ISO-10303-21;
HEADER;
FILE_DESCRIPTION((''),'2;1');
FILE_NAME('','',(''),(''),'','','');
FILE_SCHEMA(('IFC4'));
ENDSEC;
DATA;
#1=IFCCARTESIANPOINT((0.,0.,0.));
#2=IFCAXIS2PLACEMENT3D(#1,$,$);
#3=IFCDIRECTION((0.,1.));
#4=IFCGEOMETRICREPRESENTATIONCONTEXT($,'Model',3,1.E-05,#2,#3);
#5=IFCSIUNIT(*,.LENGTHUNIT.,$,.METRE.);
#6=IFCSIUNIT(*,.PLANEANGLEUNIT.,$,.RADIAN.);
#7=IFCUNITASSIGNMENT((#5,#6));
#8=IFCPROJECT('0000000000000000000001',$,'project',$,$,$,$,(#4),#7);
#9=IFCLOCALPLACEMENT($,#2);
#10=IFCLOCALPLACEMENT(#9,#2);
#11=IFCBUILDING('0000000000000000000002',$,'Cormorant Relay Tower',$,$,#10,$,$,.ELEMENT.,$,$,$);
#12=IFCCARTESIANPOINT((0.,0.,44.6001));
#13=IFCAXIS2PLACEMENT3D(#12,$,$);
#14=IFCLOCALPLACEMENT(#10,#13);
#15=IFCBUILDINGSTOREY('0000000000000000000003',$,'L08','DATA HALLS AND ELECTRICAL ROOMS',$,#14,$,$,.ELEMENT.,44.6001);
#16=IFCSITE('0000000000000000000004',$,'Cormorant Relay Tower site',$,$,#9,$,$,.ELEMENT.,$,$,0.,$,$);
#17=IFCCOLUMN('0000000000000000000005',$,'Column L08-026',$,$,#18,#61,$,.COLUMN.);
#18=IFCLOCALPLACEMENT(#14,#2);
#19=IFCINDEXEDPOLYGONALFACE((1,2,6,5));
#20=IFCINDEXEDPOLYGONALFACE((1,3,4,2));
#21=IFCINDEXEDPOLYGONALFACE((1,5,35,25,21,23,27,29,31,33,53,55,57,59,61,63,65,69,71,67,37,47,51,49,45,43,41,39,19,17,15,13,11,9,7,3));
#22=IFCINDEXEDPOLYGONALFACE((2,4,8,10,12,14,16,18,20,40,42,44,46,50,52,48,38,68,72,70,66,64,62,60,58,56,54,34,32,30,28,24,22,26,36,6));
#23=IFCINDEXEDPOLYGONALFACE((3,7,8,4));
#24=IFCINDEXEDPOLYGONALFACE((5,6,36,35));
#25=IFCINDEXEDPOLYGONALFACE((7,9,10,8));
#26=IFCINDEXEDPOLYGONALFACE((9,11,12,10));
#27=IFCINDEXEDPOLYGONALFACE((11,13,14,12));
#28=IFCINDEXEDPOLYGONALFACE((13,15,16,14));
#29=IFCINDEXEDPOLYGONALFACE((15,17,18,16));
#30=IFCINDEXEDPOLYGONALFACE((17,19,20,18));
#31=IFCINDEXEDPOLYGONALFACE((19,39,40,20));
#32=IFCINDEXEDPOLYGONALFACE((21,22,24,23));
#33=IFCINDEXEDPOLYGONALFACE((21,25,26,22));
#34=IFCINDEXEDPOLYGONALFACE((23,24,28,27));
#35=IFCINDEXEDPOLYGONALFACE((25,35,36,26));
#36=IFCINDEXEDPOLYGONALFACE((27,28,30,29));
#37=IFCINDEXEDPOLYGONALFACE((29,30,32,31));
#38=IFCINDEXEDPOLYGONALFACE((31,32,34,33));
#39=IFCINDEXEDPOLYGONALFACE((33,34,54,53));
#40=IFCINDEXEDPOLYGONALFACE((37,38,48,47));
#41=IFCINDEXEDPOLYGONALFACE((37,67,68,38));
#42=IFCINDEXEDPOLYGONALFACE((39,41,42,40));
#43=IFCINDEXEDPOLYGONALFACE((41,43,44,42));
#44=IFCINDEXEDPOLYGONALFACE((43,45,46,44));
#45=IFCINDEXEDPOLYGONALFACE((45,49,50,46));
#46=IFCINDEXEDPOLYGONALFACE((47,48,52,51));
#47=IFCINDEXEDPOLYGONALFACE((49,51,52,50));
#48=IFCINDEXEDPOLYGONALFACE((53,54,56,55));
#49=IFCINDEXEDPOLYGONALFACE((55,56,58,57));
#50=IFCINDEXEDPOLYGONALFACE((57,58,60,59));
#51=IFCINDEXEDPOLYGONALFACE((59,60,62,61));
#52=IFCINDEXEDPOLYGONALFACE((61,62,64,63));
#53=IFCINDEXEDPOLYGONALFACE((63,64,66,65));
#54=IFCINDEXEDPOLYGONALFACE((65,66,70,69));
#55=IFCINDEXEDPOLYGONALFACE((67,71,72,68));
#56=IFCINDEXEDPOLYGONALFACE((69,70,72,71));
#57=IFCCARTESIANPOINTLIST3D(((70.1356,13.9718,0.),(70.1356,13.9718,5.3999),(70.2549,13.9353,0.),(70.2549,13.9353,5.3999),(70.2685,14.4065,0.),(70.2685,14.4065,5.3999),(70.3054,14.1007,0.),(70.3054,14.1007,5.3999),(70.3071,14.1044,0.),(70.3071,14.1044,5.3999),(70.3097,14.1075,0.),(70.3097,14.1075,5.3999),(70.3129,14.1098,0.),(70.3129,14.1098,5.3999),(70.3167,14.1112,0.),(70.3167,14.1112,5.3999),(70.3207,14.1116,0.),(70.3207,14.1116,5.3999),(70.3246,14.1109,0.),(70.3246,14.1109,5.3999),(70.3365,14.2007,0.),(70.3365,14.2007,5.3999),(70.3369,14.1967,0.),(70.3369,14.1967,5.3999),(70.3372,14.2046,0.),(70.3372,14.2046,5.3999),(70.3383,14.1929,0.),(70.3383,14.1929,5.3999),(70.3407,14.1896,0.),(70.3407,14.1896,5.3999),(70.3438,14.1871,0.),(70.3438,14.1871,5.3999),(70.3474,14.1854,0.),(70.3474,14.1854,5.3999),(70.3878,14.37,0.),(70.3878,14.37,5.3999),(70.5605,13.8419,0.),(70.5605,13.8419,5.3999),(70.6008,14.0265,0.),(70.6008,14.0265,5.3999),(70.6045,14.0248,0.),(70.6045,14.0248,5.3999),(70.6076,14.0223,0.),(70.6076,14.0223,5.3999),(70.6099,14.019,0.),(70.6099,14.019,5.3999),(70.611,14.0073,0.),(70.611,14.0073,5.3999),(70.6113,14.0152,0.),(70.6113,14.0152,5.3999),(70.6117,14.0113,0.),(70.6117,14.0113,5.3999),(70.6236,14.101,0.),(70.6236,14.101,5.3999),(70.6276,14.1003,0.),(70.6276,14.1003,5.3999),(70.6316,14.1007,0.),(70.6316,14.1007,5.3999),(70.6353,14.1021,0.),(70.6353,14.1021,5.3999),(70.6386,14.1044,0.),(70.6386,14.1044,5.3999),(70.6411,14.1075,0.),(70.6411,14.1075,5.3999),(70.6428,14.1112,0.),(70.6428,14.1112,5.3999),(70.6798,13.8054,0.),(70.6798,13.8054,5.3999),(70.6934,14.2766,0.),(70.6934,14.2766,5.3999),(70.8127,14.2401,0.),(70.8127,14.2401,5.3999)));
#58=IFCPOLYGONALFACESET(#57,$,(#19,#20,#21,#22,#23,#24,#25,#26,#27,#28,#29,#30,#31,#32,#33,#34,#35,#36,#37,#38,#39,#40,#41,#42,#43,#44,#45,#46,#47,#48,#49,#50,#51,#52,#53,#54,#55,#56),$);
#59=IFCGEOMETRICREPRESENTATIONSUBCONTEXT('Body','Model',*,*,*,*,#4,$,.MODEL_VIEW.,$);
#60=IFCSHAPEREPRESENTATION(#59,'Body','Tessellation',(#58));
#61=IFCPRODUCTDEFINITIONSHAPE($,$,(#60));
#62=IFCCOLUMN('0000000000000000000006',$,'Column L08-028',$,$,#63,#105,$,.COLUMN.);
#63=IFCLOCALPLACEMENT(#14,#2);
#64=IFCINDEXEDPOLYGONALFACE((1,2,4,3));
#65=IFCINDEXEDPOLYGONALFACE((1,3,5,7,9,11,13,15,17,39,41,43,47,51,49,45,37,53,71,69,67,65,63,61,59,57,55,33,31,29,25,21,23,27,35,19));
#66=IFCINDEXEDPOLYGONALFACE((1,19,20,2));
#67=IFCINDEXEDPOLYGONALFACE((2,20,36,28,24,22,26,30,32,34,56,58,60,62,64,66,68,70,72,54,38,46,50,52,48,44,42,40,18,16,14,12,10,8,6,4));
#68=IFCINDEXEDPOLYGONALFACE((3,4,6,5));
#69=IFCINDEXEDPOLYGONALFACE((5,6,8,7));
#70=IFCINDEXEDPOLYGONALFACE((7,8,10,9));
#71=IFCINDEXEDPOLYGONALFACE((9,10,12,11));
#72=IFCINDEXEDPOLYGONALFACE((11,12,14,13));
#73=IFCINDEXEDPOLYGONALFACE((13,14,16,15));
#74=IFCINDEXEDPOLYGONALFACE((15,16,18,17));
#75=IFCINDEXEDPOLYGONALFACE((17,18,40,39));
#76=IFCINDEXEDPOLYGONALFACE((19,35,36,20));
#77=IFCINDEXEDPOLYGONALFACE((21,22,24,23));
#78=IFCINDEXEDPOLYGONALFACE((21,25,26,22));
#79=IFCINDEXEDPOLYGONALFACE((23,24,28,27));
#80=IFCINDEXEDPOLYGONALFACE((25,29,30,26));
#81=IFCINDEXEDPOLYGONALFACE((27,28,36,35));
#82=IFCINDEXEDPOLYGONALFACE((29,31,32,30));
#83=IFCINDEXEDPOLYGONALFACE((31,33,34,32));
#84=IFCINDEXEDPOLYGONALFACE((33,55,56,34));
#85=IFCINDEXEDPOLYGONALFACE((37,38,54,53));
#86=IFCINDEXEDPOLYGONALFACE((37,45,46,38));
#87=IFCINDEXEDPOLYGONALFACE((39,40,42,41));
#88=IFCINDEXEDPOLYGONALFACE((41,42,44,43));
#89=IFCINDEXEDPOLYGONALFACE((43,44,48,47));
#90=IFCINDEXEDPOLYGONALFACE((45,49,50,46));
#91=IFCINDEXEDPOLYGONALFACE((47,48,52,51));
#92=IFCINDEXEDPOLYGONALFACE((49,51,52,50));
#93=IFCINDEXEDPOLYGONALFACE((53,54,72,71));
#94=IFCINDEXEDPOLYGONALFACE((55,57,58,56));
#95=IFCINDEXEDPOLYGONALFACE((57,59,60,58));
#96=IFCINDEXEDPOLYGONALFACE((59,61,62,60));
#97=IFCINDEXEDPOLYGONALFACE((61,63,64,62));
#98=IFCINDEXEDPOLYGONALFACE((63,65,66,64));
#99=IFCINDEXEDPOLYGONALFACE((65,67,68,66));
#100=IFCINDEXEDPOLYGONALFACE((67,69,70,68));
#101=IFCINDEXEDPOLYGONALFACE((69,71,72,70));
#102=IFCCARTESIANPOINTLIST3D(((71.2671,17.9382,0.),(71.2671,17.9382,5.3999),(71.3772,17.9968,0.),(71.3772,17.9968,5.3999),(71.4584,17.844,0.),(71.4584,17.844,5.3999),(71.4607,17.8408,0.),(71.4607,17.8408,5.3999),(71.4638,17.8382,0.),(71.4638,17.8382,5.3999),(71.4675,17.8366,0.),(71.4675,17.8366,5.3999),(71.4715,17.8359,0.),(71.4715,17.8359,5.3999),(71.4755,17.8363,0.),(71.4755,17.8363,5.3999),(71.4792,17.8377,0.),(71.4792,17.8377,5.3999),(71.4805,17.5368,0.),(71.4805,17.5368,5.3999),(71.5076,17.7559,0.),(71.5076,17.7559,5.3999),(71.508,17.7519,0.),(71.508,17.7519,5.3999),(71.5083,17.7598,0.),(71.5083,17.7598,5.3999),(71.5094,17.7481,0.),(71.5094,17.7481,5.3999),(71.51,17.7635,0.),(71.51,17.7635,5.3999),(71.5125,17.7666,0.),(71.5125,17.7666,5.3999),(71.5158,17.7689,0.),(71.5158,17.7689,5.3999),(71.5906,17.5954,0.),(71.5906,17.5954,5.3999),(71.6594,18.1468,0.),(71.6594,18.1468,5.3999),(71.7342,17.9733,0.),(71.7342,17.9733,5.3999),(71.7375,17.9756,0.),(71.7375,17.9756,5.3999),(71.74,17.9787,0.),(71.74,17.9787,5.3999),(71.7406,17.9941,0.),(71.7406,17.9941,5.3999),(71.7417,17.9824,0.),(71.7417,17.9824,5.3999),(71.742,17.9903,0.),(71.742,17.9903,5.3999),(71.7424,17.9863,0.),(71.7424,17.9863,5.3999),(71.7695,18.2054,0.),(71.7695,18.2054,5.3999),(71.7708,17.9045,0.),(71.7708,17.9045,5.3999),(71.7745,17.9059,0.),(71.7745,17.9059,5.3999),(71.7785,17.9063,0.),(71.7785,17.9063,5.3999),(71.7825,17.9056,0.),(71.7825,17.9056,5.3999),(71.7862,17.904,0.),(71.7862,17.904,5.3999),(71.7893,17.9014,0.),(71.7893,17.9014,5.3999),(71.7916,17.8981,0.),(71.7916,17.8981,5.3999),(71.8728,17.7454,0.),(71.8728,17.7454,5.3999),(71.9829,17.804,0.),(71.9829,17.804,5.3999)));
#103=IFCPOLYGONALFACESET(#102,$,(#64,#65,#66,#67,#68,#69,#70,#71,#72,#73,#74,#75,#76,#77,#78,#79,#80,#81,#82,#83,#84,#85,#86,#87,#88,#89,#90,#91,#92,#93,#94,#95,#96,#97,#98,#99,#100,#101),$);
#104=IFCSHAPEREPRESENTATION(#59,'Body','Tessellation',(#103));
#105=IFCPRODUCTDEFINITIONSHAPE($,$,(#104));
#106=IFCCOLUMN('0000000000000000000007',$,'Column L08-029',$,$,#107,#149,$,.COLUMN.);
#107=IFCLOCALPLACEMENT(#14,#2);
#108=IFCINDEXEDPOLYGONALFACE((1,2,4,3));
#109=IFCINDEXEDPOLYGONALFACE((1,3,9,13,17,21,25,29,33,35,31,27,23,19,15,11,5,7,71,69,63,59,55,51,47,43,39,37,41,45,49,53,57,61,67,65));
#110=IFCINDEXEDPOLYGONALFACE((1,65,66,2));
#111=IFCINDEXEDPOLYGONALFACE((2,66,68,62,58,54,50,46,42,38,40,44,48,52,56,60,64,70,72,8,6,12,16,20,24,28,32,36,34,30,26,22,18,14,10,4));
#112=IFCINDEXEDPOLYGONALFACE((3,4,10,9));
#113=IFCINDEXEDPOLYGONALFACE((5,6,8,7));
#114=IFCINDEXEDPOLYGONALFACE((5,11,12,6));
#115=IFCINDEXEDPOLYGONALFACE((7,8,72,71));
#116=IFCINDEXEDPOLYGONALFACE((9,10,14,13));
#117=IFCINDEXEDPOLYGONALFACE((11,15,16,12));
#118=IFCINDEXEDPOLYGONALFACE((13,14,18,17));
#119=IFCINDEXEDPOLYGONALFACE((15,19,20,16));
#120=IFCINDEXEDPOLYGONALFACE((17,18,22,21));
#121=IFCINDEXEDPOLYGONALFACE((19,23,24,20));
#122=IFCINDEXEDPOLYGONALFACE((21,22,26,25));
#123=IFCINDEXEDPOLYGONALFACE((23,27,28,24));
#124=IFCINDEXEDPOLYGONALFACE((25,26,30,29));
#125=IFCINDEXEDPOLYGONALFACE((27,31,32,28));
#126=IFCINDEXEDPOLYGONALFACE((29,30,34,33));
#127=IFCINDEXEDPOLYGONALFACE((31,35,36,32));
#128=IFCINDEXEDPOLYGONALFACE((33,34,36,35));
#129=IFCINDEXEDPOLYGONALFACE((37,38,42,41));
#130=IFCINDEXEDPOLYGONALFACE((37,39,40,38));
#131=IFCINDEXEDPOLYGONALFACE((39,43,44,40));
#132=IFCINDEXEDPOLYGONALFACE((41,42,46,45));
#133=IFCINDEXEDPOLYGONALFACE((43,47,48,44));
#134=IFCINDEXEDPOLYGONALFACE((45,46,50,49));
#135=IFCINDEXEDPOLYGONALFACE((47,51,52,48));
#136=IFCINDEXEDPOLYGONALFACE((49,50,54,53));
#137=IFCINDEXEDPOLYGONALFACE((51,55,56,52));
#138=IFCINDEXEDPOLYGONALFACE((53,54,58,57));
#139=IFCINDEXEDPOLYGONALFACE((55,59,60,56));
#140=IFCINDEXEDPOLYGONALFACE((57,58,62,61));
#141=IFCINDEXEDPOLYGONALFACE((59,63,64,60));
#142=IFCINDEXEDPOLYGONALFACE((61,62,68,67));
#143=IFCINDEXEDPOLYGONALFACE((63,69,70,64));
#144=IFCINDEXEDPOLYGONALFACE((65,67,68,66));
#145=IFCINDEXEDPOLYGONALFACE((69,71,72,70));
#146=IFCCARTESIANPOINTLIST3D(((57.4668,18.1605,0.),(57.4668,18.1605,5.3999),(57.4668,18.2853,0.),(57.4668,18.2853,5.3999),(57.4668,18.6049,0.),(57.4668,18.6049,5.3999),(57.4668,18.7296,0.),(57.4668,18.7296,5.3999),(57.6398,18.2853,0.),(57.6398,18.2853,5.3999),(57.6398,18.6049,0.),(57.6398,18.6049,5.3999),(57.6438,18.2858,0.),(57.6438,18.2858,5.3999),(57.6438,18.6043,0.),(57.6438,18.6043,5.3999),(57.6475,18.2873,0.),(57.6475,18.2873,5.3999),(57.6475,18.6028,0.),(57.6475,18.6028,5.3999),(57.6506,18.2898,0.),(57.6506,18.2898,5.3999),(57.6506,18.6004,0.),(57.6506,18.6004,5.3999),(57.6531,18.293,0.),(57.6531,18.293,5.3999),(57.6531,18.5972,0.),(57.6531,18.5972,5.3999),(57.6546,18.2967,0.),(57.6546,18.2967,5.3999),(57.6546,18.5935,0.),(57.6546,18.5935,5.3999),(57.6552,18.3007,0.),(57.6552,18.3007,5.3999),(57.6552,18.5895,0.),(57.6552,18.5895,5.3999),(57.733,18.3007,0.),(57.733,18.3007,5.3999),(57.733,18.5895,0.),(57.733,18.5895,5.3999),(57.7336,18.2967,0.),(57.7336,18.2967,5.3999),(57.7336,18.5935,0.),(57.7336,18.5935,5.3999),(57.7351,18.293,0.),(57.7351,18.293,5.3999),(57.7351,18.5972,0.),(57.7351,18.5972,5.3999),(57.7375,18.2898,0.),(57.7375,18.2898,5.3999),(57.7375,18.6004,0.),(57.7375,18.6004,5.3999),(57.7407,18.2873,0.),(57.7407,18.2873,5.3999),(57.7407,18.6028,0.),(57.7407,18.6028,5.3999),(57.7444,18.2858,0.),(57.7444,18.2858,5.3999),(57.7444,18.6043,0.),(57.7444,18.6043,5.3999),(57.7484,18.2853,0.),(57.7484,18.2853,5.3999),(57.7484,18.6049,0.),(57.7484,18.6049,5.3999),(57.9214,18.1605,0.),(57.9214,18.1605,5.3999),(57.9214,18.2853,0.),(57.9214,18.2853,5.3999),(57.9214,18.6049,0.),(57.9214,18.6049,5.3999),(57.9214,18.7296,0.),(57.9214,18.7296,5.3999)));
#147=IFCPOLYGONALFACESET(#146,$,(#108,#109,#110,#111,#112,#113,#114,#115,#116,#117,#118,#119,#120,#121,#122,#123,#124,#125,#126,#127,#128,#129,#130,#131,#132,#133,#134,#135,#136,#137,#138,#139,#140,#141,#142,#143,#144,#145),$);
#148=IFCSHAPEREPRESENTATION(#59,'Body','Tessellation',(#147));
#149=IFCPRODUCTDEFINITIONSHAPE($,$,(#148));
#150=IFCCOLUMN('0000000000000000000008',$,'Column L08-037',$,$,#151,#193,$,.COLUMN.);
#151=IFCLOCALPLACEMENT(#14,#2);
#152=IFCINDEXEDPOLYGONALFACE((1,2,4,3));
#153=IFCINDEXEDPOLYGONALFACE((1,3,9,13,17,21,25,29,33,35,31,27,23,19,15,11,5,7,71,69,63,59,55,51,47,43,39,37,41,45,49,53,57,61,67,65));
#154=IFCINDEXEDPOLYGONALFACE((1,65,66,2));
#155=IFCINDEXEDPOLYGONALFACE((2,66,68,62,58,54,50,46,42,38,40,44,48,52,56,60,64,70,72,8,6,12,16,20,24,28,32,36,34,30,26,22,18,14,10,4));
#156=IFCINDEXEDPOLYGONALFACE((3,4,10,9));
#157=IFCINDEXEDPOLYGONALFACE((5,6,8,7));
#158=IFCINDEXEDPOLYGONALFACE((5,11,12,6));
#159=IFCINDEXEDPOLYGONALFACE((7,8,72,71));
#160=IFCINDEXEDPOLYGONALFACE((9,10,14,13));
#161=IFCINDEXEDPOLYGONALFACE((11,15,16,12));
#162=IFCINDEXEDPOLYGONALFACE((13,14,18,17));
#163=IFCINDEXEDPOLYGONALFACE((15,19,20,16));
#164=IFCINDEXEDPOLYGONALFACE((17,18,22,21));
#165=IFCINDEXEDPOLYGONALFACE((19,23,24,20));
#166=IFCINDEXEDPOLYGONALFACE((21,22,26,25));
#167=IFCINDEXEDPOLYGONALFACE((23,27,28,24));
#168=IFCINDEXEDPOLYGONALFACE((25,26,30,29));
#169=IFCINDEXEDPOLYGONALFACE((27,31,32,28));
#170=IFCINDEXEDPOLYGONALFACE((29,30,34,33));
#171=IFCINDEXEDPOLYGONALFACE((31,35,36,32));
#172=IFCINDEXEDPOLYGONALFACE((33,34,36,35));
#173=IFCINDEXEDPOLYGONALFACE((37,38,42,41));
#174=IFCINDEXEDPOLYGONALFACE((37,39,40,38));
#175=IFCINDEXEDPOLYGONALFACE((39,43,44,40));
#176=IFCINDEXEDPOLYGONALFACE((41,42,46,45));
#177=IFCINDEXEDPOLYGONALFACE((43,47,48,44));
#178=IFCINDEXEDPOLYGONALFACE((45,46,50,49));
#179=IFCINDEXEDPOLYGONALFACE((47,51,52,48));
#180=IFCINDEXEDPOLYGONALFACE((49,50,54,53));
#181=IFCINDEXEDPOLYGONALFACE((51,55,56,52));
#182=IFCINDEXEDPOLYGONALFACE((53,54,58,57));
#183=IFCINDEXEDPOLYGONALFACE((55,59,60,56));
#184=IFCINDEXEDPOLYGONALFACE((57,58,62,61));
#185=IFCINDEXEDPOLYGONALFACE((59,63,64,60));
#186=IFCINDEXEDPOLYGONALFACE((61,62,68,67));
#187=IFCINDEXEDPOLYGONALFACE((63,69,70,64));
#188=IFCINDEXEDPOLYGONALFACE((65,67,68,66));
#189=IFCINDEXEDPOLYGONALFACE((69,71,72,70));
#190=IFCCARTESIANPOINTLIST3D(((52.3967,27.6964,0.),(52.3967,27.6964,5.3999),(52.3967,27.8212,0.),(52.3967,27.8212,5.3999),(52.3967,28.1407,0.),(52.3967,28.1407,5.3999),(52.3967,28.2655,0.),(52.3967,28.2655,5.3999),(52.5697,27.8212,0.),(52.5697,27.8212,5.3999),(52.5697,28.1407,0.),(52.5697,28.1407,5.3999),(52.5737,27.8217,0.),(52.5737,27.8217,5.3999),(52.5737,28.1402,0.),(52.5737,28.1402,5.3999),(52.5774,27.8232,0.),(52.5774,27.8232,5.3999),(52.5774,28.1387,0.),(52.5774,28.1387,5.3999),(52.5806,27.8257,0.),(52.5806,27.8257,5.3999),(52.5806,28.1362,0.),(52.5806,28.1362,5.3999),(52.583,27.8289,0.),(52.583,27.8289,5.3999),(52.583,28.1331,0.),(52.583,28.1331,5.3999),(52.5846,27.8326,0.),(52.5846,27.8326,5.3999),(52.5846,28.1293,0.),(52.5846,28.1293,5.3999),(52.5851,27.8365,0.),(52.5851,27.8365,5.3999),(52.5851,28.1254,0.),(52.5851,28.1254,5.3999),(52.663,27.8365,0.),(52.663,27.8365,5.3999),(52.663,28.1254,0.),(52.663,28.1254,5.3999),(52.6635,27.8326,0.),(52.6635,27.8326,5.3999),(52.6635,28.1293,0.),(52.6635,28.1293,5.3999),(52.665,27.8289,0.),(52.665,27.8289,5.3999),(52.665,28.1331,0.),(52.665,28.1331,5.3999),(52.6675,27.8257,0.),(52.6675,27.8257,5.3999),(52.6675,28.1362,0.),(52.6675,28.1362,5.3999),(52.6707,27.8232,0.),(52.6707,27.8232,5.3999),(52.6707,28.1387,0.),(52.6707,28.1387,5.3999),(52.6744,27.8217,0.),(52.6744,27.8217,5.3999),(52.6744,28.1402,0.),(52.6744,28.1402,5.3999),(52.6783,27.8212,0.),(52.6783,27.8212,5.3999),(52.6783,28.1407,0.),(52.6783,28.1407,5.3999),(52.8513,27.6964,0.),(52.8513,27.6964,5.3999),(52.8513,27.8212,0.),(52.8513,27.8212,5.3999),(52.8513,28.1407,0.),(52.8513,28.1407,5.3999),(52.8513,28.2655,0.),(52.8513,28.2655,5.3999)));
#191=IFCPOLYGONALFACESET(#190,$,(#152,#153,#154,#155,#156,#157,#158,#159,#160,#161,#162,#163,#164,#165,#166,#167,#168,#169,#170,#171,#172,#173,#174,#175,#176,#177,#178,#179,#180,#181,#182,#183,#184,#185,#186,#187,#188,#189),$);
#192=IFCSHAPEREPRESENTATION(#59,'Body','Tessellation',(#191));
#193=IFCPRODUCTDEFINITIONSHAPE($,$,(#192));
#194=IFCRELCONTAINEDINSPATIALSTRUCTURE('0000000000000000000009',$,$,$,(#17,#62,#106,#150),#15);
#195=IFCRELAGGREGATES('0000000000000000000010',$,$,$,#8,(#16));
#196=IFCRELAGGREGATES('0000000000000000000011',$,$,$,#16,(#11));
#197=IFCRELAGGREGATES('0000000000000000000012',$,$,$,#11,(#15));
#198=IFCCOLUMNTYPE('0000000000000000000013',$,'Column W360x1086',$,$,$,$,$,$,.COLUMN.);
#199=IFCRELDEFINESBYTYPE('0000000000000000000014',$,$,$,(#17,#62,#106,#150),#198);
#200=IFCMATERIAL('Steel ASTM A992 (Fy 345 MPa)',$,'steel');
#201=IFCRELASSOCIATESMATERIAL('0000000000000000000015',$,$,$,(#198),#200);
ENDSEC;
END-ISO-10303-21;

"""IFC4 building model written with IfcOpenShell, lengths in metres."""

from ifc_helpers import new_model, si_unit, direction, frame, origin, origin_2d, place, context, subcontext, project, spatial, i_section, extrude, material, material_profile, profile_set, type_object, element, save


model = new_model("IFC4")

# Units and contexts
model_context = context("Model", 3, precision=1e-05, world=origin(), true_north=direction((0.0, 1.0)))
body_context = subcontext(model_context, "Body", "Model", "MODEL_VIEW")
ifc_project = project(units=[si_unit("LENGTHUNIT", "METRE"), si_unit("PLANEANGLEUNIT", "RADIAN")], contexts=[model_context])

# Site, building, storey
site_placement = place(None, origin())
site = spatial("IfcSite", under=ifc_project, at=site_placement, Name="Cormorant Relay Tower site", CompositionType="ELEMENT", RefElevation=0.0)
building_placement = place(site_placement, origin())
building = spatial("IfcBuilding", under=site, at=building_placement, Name="Cormorant Relay Tower", CompositionType="ELEMENT")
storey_placement = place(building_placement, frame((0.0, 0.0, 44.6001)))
storey = spatial("IfcBuildingStorey", under=building, at=storey_placement, Name="L08", Description="DATA HALLS AND ELECTRICAL ROOMS", CompositionType="ELEMENT", Elevation=44.6001)

# Columns
ifc_material_1 = material(Name="Steel ASTM A992 (Fy 345 MPa)", Category="steel")
ifc_material_profile_1 = material_profile(ifc_material_1, i_section(OverallWidth=0.4546, OverallDepth=0.5691, WebThickness=0.0779, FlangeThickness=0.1248, FilletRadius=0.0154, at=origin_2d()), Name="W360x1086")
ifc_profile_set_1 = profile_set([ifc_material_profile_1], Name="Steel ASTM A992 (Fy 345 MPa)")
column_type_1 = type_object("IfcColumnType", Name="Column W360x1086", PredefinedType="COLUMN", material=ifc_profile_set_1)
for number, where, z_axis, x_axis, name in (
    (1, (70.4741, 14.106, 0.0), (0.0, 0.0, 1.0), (0.292372, 0.956305, 0.0), "Column L08-026"),
    (2, (71.625, 17.8711, 0.0), (0.0, 0.0, 1.0), (-0.469472, 0.882948, 0.0), "Column L08-028"),
    (3, (57.6941, 18.4451, 0.0), (0.0, 0.0, 1.0), (1.0, 0.0, 0.0), "Column L08-029"),
    (4, (52.624, 27.981, 0.0), (0.0, 0.0, 1.0), (1.0, 0.0, 0.0), "Column L08-037"),
):
    element("IfcColumn", number, at=place(storey_placement, frame(where, z_axis=z_axis, x_axis=x_axis)), inside=storey, type_object=column_type_1, Name=name, PredefinedType="COLUMN", context=body_context, shape_type="SweptSolid", body=[
        extrude(i_section(OverallWidth=0.4546, OverallDepth=0.5691, WebThickness=0.0779, FlangeThickness=0.1248, FilletRadius=0.0154, at=origin_2d()), origin(), (0.0, 0.0, 1.0), 5.3999),
    ])

save(model, "model.ifc")
